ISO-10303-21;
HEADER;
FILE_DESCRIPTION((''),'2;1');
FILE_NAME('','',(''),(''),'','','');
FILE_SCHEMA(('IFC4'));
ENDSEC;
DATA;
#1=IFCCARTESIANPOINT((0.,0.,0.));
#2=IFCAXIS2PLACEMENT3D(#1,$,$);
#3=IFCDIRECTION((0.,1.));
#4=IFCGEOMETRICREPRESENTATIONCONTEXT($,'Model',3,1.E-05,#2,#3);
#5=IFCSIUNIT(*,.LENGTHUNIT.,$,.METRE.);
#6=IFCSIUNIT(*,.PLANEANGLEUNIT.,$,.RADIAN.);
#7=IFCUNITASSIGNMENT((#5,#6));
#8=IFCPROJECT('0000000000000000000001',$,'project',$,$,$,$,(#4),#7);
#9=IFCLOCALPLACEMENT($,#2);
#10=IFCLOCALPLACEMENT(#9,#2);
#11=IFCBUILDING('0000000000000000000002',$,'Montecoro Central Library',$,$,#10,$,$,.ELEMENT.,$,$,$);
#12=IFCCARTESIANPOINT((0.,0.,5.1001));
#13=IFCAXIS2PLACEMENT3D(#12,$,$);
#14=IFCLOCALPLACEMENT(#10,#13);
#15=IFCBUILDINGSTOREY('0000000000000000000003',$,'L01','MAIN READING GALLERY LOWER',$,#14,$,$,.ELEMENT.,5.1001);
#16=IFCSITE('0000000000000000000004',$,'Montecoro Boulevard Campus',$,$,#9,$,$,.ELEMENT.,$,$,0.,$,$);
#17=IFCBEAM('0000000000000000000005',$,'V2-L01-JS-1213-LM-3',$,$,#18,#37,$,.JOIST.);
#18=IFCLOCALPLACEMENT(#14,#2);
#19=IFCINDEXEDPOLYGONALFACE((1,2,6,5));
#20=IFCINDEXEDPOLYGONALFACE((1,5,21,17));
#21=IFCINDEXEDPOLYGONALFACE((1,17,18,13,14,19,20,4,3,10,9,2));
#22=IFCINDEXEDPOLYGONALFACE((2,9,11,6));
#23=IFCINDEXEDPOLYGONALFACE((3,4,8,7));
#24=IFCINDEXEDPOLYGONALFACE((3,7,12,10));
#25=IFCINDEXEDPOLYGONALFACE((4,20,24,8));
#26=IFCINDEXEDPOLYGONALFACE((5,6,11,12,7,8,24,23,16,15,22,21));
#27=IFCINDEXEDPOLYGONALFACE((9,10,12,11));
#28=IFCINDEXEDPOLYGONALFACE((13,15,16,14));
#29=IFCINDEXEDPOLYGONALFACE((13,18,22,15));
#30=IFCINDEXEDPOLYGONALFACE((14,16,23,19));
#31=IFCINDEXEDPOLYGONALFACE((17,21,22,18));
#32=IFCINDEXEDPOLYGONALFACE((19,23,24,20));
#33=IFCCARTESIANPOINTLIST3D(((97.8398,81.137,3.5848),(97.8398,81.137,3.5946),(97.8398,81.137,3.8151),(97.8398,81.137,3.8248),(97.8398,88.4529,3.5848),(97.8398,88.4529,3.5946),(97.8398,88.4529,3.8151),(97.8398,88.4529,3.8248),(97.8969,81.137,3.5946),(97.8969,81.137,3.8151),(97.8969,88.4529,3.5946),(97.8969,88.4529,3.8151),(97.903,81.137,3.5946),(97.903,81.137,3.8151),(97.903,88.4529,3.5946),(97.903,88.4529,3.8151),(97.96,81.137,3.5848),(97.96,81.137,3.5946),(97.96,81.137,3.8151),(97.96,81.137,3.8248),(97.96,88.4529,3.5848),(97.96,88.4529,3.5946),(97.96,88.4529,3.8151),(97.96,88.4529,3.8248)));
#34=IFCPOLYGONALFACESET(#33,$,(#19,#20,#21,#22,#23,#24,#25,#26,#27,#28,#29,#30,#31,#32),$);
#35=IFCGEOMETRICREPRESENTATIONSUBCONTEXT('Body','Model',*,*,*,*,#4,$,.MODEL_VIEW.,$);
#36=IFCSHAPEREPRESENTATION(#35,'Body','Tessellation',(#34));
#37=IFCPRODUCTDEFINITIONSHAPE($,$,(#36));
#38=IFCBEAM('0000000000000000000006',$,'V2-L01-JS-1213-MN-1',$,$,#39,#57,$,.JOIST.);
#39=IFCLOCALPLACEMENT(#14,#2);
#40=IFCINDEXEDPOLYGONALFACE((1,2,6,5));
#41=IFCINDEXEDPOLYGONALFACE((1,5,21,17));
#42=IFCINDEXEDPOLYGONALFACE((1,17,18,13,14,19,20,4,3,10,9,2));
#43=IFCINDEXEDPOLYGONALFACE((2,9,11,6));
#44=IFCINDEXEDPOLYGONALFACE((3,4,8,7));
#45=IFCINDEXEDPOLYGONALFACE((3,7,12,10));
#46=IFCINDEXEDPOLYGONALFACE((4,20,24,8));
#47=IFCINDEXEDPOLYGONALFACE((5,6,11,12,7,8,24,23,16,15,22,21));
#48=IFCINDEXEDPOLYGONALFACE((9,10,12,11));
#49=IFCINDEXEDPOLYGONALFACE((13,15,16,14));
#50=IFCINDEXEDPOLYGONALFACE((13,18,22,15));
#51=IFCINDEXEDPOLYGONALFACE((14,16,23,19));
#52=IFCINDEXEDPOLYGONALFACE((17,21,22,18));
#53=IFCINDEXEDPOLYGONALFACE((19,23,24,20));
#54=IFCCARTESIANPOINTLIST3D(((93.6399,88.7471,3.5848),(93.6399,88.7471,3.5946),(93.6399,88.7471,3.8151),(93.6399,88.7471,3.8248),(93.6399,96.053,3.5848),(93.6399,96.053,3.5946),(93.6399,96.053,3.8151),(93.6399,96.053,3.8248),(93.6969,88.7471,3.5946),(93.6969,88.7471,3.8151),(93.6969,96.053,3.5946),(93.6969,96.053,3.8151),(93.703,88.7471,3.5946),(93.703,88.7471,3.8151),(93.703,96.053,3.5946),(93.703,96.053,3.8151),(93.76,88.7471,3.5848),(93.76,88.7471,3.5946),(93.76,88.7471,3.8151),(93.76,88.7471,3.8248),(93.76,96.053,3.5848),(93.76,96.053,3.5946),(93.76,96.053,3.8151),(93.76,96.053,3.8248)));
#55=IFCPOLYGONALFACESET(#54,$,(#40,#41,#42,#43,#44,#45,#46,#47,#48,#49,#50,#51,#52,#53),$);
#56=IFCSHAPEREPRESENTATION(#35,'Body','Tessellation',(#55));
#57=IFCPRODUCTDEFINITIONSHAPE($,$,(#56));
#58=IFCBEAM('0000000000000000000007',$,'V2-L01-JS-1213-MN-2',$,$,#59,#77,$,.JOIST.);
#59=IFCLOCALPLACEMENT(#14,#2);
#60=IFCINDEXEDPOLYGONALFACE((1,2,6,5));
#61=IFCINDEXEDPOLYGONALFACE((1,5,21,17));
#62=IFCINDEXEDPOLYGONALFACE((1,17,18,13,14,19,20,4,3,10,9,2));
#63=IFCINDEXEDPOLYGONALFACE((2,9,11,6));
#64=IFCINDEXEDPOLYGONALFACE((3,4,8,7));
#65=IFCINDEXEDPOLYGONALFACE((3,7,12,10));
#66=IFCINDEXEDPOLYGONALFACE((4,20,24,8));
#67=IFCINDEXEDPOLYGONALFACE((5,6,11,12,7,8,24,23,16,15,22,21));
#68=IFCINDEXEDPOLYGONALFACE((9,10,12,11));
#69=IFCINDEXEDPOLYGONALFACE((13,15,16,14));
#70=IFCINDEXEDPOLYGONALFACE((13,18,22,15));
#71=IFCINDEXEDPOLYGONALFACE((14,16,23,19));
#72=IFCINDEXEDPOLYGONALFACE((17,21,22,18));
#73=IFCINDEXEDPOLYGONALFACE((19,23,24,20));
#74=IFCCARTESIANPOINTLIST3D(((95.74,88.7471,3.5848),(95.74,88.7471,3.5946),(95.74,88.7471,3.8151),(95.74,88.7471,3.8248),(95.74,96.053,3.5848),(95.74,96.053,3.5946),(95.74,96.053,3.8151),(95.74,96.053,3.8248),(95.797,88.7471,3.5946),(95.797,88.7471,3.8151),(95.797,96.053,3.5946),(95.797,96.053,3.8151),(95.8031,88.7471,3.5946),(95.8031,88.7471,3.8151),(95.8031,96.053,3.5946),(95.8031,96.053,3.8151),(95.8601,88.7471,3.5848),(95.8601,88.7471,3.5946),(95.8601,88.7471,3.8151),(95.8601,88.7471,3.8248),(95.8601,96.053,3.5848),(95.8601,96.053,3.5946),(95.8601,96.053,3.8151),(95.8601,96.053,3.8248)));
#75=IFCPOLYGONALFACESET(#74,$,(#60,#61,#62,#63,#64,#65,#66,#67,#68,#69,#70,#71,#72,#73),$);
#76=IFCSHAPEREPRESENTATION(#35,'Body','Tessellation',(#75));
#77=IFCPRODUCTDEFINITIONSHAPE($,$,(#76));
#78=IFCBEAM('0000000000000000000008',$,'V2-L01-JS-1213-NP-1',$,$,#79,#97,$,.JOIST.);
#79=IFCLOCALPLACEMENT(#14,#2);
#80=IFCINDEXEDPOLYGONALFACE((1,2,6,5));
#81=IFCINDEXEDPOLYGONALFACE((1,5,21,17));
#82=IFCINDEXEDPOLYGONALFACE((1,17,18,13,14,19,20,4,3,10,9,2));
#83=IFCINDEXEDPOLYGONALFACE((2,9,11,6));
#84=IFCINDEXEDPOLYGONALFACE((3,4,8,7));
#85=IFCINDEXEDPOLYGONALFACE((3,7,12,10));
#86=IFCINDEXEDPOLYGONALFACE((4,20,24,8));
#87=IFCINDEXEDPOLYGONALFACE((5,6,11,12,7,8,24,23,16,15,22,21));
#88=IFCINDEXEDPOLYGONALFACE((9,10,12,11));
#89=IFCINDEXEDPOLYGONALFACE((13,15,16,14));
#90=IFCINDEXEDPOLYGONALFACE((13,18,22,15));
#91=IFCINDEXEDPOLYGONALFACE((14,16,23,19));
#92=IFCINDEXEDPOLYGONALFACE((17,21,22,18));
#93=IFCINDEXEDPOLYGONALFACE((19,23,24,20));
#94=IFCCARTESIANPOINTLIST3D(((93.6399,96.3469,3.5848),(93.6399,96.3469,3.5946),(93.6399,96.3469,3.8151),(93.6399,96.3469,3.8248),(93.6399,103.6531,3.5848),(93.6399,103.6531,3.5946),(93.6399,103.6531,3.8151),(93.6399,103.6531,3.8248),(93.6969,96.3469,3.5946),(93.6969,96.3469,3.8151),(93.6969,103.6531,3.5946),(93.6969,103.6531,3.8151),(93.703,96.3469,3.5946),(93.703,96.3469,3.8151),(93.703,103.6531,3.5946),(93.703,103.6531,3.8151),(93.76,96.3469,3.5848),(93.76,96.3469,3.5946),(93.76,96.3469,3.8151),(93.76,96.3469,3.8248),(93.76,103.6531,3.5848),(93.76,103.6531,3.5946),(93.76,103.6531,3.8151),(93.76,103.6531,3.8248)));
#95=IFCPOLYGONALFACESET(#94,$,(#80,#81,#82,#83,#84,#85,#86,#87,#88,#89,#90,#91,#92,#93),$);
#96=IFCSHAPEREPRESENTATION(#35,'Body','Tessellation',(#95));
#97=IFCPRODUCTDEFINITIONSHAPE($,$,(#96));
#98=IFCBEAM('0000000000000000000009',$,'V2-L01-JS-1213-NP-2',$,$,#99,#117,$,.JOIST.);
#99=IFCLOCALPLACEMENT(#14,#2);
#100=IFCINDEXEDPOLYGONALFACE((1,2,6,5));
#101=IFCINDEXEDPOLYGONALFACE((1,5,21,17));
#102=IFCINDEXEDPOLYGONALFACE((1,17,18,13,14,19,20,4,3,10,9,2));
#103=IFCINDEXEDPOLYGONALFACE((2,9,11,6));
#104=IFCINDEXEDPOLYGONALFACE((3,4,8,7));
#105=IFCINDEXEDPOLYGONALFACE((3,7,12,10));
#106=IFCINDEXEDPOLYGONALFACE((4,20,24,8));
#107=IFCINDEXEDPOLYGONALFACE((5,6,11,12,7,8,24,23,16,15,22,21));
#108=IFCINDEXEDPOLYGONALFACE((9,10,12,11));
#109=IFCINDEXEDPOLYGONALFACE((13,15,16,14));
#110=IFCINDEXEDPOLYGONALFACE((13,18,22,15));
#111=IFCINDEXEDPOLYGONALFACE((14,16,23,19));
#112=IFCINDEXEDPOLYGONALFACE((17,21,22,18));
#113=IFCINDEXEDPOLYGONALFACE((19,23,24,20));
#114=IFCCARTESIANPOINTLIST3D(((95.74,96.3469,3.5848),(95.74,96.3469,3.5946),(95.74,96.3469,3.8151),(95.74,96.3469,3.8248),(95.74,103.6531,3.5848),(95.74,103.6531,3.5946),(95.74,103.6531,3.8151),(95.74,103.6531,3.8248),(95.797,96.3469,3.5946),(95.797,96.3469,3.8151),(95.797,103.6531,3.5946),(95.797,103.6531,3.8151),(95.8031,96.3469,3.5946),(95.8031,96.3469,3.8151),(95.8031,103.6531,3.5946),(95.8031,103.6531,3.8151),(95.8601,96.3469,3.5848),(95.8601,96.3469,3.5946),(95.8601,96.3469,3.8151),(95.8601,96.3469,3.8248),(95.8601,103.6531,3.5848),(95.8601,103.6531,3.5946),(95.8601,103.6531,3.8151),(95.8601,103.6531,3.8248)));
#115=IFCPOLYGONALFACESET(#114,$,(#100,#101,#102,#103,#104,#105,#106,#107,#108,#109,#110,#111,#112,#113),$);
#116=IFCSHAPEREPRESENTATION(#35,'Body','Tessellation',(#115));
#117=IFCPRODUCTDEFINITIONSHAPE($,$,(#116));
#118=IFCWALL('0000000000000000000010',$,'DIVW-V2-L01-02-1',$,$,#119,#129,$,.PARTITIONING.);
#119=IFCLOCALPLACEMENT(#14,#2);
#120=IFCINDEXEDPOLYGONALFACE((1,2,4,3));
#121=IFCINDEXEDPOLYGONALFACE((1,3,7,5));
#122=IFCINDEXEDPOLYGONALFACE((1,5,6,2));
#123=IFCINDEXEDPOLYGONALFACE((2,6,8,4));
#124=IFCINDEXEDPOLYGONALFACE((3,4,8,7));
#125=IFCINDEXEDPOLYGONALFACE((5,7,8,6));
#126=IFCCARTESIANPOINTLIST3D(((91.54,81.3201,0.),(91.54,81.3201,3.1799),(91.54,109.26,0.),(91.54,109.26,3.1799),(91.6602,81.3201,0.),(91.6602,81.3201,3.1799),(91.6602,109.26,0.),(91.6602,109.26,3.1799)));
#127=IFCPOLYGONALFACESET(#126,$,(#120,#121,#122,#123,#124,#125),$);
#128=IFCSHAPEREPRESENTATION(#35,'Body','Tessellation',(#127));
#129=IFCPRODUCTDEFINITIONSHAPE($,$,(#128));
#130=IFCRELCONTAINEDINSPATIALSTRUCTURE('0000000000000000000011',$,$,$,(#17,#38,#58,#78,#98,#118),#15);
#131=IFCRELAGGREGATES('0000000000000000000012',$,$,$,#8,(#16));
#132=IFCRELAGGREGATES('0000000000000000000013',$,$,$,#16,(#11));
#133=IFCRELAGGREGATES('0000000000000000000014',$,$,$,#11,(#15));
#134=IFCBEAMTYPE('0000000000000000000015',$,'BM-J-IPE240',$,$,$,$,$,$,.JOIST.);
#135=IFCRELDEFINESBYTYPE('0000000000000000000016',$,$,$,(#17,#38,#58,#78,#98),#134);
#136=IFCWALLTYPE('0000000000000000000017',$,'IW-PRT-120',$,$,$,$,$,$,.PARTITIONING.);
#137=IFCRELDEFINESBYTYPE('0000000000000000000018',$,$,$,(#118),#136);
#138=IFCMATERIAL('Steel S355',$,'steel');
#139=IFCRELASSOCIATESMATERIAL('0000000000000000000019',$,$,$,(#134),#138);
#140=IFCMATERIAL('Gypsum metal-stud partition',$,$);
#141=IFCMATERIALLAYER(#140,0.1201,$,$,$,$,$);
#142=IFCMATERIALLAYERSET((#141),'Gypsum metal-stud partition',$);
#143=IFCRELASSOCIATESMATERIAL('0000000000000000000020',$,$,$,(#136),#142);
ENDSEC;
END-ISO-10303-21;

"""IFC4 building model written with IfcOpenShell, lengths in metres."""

from ifc_helpers import new_model, si_unit, direction, frame, frame_2d, origin, origin_2d, place, context, subcontext, project, spatial, rectangle, i_section, extrude, material, layer, layer_set, material_profile, profile_set, type_object, element, save


model = new_model("IFC4")

# Units and contexts
model_context = context("Model", 3, precision=1e-05, world=origin(), true_north=direction((0.0, 1.0)))
body_context = subcontext(model_context, "Body", "Model", "MODEL_VIEW")
ifc_project = project(units=[si_unit("LENGTHUNIT", "METRE"), si_unit("PLANEANGLEUNIT", "RADIAN")], contexts=[model_context])

# Site, building, storey
site_placement = place(None, origin())
site = spatial("IfcSite", under=ifc_project, at=site_placement, Name="Montecoro Boulevard Campus", CompositionType="ELEMENT", RefElevation=0.0)
building_placement = place(site_placement, origin())
building = spatial("IfcBuilding", under=site, at=building_placement, Name="Montecoro Central Library", CompositionType="ELEMENT")
storey_placement = place(building_placement, frame((0.0, 0.0, 5.1001)))
storey = spatial("IfcBuildingStorey", under=building, at=storey_placement, Name="L01", Description="MAIN READING GALLERY LOWER", CompositionType="ELEMENT", Elevation=5.1001)

# Beams
ifc_material_1 = material(Name="Steel S355", Category="steel")
ifc_material_profile_1 = material_profile(ifc_material_1, i_section(OverallWidth=0.1201, OverallDepth=0.24, WebThickness=0.0061, FlangeThickness=0.0098, at=origin_2d()), Name="IPE 240")
ifc_profile_set_1 = profile_set([ifc_material_profile_1], Name="Steel S355")
beam_type_1 = type_object("IfcBeamType", Name="BM-J-IPE240", PredefinedType="JOIST", material=ifc_profile_set_1)
for number, where, z_axis, x_axis, name in (
    (1, (97.8999, 81.137, 3.7048), (0.0, 1.0, 0.0), (-1.0, 0.0, 0.0), "V2-L01-JS-1213-LM-3"),
):
    element("IfcBeam", number, at=place(storey_placement, frame(where, z_axis=z_axis, x_axis=x_axis)), inside=storey, type_object=beam_type_1, Name=name, PredefinedType="JOIST", context=body_context, shape_type="SweptSolid", body=[
        extrude(i_section(OverallWidth=0.1201, OverallDepth=0.24, WebThickness=0.0061, FlangeThickness=0.0098, at=origin_2d()), origin(), (0.0, 0.0, 1.0), 7.3159),
    ])
for number, where, z_axis, x_axis, name in (
    (2, (93.7, 88.7471, 3.7048), (0.0, 1.0, 0.0), (-1.0, 0.0, 0.0), "V2-L01-JS-1213-MN-1"),
    (3, (95.8, 88.7471, 3.7048), (0.0, 1.0, 0.0), (-1.0, 0.0, 0.0), "V2-L01-JS-1213-MN-2"),
):
    element("IfcBeam", number, at=place(storey_placement, frame(where, z_axis=z_axis, x_axis=x_axis)), inside=storey, type_object=beam_type_1, Name=name, PredefinedType="JOIST", context=body_context, shape_type="SweptSolid", body=[
        extrude(i_section(OverallWidth=0.1201, OverallDepth=0.24, WebThickness=0.0061, FlangeThickness=0.0098, at=origin_2d()), origin(), (0.0, 0.0, 1.0), 7.3059),
    ])
for number, where, z_axis, x_axis, name in (
    (4, (93.7, 96.3469, 3.7048), (0.0, 1.0, 0.0), (-1.0, 0.0, 0.0), "V2-L01-JS-1213-NP-1"),
    (5, (95.8, 96.3469, 3.7048), (0.0, 1.0, 0.0), (-1.0, 0.0, 0.0), "V2-L01-JS-1213-NP-2"),
):
    element("IfcBeam", number, at=place(storey_placement, frame(where, z_axis=z_axis, x_axis=x_axis)), inside=storey, type_object=beam_type_1, Name=name, PredefinedType="JOIST", context=body_context, shape_type="SweptSolid", body=[
        extrude(i_section(OverallWidth=0.1201, OverallDepth=0.24, WebThickness=0.0061, FlangeThickness=0.0098, at=origin_2d()), origin(), (0.0, 0.0, 1.0), 7.3062),
    ])

# Wall
ifc_material_2 = material(Name="Gypsum metal-stud partition")
ifc_layer = layer(ifc_material_2, 0.1201)
ifc_layer_set = layer_set([ifc_layer], Name="Gypsum metal-stud partition")
wall_type = type_object("IfcWallType", Name="IW-PRT-120", PredefinedType="PARTITIONING", material=ifc_layer_set)
wall_placement = place(storey_placement, frame((91.6001, 81.3201, 0.0), z_axis=(0.0, 0.0, 1.0), x_axis=(0.0, 1.0, 0.0)))
element("IfcWall", 6, at=wall_placement, inside=storey, type_object=wall_type, Name="DIVW-V2-L01-02-1", PredefinedType="PARTITIONING", context=body_context, shape_type="SweptSolid", body=[
    extrude(rectangle(XDim=27.9399, YDim=0.1201, at=frame_2d((13.97, 0.0))), origin(), (0.0, 0.0, 1.0), 3.1799),
])

save(model, "model.ifc")
